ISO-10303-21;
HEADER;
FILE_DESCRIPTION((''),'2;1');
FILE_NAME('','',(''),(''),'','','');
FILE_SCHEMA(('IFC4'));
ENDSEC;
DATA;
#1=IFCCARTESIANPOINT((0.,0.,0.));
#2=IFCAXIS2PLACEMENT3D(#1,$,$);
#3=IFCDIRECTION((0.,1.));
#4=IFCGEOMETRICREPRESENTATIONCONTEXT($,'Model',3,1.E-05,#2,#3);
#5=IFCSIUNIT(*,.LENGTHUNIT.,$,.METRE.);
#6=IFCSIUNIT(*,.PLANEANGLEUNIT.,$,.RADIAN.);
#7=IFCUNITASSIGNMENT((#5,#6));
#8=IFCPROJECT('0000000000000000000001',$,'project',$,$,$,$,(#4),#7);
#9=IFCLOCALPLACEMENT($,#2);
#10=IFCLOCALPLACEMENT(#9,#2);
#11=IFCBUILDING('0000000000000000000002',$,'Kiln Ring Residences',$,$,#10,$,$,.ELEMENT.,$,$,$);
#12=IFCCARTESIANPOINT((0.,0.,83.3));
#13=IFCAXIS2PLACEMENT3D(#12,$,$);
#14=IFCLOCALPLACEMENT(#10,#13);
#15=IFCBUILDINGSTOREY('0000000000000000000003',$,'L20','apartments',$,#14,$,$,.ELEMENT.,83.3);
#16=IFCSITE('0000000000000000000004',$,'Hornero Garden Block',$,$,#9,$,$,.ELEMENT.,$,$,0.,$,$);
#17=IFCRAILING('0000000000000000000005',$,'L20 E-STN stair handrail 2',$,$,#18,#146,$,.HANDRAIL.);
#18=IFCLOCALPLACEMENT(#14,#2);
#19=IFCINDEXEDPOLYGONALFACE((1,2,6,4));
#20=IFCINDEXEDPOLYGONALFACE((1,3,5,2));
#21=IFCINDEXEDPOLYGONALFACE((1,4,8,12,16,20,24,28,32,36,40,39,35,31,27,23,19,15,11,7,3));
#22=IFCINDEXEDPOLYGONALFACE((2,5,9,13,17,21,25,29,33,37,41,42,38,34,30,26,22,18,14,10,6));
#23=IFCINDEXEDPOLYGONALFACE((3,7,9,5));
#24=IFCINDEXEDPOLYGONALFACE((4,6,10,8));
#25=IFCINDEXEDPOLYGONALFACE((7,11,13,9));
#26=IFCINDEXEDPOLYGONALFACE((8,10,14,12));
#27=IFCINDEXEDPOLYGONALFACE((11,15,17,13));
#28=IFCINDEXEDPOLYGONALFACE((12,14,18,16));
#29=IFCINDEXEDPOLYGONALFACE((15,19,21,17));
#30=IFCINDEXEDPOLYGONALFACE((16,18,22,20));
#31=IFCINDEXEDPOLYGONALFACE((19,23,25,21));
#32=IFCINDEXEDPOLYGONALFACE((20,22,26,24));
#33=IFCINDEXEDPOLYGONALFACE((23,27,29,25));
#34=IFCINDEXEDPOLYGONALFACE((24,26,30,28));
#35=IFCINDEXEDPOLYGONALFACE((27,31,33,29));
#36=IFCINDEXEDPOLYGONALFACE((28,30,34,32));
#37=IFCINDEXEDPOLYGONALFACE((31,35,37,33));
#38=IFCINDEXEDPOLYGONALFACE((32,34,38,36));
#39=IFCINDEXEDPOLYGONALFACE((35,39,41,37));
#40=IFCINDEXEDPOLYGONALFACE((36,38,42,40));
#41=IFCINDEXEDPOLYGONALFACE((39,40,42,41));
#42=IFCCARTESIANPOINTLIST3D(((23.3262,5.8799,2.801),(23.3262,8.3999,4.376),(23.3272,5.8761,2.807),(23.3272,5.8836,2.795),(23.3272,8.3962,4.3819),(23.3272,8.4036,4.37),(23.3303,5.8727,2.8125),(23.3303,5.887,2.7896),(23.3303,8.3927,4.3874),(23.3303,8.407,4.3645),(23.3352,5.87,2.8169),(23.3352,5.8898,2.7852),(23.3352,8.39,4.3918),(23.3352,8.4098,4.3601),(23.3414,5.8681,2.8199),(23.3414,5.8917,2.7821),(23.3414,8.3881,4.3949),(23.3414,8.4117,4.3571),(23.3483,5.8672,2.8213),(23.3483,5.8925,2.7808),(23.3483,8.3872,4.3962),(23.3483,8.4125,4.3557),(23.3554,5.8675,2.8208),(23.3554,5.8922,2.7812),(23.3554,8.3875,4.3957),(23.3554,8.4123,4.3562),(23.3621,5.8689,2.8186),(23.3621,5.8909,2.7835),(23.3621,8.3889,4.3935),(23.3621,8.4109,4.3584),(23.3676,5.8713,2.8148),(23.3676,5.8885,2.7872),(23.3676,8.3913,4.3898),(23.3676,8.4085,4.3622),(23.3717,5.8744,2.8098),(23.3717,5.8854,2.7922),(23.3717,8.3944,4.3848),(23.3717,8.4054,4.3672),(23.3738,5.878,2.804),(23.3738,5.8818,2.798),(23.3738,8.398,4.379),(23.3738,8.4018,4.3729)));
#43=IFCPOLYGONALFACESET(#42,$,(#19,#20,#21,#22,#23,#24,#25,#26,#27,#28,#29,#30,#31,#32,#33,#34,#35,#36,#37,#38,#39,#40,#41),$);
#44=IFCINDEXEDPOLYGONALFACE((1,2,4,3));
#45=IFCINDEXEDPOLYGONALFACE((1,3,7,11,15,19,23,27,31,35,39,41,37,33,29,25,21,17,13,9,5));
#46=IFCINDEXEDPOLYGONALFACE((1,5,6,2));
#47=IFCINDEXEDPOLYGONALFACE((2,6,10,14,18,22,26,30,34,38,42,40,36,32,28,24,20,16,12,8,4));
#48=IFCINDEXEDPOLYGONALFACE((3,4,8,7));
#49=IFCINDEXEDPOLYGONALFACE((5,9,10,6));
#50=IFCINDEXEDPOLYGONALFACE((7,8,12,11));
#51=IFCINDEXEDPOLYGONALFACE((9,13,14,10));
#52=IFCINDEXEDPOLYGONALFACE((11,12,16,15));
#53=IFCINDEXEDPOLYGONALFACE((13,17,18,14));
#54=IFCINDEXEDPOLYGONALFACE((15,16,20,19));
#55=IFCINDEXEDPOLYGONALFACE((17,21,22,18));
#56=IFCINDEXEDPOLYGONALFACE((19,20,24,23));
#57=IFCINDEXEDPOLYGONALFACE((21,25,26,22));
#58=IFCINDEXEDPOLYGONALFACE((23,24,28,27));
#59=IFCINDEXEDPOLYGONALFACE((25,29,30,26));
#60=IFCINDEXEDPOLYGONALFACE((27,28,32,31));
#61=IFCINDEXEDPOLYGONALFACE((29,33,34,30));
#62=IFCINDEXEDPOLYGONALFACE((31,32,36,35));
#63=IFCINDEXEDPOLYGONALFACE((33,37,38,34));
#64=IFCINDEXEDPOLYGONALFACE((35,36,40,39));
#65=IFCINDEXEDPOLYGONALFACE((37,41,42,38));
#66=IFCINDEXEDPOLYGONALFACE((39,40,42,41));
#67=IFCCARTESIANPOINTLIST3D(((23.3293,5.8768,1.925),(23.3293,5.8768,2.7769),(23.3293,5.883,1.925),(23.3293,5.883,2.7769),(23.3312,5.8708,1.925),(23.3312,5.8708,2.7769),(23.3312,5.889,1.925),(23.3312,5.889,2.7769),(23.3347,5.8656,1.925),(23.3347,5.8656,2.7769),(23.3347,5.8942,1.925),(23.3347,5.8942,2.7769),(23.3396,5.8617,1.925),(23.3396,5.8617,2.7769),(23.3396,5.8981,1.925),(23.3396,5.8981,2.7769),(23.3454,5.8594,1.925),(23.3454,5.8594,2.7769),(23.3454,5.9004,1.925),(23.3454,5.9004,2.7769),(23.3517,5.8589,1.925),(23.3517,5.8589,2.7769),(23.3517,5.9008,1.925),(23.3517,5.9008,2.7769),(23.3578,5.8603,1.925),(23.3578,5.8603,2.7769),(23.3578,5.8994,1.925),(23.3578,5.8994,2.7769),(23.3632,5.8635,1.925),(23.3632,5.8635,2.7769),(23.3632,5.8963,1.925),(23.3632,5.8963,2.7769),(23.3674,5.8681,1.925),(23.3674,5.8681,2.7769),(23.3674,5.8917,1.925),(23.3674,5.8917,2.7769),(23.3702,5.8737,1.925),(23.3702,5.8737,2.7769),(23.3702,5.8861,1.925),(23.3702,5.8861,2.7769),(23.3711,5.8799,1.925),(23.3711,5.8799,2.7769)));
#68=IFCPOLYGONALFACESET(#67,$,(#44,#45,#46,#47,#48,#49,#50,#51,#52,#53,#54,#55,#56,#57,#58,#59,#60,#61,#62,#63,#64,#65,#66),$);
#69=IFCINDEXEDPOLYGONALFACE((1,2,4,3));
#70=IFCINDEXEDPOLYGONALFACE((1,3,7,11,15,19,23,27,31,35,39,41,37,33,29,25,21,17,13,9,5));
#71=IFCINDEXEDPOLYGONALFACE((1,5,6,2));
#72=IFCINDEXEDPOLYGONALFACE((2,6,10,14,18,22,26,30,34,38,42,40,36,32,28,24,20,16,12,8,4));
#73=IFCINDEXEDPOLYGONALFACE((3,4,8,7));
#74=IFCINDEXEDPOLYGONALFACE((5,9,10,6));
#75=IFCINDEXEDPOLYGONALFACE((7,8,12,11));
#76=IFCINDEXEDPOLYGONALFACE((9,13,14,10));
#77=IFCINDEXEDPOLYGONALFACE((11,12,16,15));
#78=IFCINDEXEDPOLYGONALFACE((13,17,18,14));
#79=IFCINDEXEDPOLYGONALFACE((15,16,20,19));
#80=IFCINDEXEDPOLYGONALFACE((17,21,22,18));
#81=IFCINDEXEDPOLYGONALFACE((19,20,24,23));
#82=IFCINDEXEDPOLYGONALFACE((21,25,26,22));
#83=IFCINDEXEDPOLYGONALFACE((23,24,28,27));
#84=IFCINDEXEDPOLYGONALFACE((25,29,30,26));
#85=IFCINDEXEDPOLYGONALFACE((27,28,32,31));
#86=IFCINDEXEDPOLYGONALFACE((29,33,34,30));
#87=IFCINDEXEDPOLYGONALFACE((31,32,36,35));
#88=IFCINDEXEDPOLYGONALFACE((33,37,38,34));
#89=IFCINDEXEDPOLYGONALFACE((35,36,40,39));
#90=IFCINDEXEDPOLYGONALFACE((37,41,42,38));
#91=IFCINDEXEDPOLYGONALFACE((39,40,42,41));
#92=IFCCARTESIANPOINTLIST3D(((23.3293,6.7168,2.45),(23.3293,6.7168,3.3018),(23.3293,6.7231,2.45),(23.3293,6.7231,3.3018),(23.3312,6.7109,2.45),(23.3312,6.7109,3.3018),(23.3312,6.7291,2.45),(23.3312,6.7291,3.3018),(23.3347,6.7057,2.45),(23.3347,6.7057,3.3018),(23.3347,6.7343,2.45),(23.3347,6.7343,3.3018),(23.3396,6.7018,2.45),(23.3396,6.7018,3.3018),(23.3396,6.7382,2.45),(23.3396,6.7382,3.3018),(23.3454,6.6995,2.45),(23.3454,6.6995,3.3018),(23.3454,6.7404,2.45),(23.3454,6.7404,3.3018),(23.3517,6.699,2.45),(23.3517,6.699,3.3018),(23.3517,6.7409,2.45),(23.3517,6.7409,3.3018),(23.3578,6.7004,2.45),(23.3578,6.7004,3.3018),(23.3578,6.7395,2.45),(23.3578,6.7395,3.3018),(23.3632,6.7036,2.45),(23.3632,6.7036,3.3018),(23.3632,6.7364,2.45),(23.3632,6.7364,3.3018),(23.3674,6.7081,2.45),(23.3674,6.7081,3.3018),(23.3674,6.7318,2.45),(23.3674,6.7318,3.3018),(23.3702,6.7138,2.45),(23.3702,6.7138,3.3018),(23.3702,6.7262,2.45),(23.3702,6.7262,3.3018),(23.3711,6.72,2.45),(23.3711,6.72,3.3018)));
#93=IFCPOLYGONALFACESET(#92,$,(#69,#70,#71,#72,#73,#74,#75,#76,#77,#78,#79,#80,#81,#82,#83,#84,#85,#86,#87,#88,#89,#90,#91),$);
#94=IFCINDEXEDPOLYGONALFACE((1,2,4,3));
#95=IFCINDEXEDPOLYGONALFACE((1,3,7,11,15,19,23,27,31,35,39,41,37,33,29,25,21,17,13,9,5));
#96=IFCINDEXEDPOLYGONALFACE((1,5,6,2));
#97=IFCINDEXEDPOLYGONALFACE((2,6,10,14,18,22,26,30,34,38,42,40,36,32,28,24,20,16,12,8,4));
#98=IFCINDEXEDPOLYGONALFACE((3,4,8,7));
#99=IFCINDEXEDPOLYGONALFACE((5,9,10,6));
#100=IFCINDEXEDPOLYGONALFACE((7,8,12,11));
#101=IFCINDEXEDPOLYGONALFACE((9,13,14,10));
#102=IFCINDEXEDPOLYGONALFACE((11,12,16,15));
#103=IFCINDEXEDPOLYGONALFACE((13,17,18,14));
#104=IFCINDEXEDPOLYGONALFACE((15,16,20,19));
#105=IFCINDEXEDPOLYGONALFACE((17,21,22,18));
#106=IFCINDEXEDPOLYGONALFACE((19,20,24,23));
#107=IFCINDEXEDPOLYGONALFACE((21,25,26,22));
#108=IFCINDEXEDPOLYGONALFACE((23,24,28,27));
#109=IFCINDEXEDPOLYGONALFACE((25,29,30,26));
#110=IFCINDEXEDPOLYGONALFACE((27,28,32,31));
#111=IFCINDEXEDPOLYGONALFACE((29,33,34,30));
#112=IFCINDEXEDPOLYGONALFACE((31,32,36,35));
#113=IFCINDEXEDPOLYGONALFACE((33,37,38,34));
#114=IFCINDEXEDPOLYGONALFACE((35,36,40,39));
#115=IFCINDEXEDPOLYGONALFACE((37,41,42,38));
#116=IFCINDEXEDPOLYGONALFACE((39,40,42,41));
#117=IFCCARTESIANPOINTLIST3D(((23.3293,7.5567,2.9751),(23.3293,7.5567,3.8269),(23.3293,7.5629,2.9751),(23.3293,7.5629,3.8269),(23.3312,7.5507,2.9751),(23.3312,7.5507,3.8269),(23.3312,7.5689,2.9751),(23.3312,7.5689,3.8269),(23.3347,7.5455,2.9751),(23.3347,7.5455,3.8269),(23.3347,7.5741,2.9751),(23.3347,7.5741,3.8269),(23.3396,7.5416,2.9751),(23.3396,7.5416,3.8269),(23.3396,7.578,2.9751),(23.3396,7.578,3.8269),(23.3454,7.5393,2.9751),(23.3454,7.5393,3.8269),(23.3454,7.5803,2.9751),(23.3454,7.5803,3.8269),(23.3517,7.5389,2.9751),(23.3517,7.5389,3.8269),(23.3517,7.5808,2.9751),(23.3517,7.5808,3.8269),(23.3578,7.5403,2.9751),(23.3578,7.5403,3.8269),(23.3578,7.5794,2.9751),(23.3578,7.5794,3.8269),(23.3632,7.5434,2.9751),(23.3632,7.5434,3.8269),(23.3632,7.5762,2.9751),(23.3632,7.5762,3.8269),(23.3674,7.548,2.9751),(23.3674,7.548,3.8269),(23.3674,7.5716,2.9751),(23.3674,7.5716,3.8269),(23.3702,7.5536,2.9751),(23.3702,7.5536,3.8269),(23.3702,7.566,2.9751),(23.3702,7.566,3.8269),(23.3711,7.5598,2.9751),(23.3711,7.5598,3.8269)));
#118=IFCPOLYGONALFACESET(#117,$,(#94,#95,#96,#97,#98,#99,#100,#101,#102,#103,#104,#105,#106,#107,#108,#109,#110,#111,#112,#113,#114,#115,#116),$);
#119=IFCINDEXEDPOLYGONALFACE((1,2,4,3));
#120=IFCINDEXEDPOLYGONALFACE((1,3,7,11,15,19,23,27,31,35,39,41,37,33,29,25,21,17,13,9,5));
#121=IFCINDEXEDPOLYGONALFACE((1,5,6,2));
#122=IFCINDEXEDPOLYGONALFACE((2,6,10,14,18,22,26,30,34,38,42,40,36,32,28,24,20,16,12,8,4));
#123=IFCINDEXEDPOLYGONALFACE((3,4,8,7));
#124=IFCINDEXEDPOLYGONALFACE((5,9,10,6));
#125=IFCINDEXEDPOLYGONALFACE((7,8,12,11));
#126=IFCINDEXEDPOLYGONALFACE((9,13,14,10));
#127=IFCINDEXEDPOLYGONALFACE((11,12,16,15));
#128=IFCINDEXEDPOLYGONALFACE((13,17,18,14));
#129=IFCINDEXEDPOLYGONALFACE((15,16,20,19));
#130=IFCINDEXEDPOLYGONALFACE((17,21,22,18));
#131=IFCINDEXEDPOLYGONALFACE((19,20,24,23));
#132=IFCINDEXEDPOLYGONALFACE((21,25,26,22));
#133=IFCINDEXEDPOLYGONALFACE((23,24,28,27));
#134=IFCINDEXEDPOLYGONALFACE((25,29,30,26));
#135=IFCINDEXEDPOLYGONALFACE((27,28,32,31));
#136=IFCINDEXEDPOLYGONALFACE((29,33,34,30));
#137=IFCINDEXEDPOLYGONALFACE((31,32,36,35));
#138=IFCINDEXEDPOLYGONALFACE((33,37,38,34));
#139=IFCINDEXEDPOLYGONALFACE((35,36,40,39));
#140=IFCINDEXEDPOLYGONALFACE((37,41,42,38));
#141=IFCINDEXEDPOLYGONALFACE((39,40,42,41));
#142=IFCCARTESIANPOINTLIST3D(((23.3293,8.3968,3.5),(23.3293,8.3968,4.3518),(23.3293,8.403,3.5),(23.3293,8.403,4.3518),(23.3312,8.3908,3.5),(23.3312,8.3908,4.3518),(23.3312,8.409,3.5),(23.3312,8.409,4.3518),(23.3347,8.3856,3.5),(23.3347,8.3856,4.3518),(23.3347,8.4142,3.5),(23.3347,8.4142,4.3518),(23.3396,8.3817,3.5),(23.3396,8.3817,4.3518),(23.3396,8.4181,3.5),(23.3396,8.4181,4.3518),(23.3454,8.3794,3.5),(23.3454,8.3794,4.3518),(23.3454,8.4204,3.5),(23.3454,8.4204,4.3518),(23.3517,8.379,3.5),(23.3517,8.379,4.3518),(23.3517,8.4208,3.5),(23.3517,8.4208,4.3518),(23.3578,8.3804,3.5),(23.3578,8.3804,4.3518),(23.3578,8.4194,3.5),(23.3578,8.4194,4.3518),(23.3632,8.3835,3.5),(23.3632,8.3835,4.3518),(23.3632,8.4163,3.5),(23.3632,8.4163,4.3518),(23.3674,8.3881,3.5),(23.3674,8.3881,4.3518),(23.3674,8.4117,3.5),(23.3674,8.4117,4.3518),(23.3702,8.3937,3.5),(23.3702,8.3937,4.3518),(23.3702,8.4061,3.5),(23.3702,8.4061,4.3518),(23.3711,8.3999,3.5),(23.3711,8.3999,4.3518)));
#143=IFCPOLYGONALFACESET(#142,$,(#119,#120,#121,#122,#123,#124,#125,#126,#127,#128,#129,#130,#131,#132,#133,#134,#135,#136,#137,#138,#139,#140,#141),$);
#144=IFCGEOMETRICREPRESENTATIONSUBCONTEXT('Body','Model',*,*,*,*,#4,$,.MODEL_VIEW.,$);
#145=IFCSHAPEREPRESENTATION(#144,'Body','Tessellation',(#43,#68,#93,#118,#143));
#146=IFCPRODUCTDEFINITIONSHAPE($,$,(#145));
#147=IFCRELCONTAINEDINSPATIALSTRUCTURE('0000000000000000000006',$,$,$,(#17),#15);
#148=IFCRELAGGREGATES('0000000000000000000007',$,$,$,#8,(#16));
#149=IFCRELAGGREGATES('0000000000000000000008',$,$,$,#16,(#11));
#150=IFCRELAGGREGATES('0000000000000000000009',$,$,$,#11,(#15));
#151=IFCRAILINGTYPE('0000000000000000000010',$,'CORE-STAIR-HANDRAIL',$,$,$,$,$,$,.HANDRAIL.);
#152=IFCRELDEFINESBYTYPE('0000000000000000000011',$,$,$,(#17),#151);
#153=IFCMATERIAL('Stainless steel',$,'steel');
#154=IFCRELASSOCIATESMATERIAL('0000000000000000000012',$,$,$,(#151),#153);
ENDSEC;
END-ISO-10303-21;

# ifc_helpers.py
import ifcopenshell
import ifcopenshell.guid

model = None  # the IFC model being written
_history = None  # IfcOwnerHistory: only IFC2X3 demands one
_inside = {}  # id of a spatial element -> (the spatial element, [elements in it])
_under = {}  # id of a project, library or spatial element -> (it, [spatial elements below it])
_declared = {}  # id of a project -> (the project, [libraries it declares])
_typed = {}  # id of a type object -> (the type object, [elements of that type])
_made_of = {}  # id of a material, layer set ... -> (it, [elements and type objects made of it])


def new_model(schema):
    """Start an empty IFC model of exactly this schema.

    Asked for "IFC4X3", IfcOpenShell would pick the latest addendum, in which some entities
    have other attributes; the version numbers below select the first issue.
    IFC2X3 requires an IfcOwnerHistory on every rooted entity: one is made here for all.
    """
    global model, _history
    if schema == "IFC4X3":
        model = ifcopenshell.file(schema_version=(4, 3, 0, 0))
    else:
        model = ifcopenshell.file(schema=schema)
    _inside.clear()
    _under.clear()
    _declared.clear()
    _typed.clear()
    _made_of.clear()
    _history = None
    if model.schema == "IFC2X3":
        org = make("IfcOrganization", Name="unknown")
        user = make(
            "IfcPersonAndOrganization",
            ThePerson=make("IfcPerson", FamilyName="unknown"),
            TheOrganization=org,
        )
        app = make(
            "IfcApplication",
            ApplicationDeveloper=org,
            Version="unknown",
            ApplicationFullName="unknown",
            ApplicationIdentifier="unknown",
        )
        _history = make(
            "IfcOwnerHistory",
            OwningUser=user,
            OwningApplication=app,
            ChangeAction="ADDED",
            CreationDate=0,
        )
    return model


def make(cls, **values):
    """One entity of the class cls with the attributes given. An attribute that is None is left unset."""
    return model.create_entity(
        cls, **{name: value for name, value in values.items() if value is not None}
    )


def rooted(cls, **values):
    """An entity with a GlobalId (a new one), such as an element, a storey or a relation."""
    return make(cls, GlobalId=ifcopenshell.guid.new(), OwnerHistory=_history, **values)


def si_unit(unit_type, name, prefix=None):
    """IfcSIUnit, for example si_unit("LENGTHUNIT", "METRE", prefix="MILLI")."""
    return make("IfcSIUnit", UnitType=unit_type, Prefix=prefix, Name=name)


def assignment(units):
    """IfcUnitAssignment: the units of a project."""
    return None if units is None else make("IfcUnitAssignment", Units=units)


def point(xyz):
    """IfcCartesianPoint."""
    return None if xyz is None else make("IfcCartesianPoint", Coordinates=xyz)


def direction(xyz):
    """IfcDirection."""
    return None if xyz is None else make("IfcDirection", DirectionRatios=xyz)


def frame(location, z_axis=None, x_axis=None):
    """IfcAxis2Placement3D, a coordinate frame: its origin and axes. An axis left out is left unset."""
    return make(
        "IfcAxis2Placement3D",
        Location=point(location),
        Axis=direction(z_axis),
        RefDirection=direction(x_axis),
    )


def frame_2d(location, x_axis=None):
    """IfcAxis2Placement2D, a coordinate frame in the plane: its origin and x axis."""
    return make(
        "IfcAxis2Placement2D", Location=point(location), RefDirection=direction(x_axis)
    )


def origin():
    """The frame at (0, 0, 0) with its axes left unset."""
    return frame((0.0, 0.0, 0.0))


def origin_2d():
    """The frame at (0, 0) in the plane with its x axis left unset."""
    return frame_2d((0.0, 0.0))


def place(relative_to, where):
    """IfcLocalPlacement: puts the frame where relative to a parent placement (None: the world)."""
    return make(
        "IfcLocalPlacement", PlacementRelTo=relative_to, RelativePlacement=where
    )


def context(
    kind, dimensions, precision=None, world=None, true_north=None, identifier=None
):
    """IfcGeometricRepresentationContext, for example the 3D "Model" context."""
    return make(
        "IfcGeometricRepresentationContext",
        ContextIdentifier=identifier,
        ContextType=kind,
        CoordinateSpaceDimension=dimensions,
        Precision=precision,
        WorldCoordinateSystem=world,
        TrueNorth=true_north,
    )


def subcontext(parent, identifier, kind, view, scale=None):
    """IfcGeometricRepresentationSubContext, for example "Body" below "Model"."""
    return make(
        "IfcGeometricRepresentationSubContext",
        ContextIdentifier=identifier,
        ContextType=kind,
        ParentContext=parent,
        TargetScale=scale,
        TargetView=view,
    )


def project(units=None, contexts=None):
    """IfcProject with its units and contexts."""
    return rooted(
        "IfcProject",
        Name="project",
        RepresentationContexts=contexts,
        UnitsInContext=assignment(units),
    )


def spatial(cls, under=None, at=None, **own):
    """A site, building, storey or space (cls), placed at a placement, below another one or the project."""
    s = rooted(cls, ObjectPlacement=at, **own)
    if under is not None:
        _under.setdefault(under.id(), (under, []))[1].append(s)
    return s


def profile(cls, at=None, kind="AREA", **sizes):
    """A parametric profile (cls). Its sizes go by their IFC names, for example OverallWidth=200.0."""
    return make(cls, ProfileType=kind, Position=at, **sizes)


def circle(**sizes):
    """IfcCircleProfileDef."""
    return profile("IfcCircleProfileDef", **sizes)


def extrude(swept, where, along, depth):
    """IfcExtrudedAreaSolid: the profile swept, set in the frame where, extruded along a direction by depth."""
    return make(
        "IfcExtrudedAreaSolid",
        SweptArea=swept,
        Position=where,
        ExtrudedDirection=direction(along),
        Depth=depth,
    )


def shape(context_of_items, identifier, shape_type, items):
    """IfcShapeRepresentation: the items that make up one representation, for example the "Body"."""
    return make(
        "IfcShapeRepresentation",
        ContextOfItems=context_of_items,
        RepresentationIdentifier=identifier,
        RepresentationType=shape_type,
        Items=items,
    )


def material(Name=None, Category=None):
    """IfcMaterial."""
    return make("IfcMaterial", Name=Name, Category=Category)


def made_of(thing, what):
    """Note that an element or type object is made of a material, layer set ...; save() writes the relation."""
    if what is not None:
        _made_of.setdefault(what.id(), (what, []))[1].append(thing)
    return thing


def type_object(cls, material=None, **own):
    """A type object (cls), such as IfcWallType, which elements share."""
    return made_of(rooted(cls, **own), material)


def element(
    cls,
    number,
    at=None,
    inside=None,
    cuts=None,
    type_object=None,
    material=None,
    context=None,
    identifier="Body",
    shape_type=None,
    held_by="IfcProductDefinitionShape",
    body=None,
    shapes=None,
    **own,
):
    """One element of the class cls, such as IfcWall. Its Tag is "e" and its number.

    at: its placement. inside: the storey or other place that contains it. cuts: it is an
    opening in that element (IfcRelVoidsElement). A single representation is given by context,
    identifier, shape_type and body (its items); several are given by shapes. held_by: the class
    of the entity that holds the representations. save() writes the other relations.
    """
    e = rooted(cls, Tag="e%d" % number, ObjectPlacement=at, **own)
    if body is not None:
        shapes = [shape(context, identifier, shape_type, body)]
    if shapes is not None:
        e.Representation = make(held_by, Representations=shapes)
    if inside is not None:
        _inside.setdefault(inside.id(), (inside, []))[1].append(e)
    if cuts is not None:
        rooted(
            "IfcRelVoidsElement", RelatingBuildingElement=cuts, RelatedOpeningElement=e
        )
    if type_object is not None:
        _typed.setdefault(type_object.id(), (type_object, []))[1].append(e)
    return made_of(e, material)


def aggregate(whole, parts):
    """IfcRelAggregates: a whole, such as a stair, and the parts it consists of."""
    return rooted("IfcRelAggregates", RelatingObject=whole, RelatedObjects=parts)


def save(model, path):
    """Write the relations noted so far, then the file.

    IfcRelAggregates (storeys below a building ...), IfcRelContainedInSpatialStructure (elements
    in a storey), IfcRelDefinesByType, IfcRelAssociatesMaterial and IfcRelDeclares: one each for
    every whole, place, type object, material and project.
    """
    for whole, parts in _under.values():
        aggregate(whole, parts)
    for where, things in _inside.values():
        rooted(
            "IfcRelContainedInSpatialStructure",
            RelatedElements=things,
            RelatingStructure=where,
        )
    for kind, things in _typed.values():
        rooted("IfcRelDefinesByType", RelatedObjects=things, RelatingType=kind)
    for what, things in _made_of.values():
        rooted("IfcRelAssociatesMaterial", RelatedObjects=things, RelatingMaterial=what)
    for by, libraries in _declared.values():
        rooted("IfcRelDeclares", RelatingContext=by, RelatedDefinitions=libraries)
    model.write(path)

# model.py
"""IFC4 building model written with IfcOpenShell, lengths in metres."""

from ifc_helpers import new_model, si_unit, direction, frame, origin, origin_2d, place, context, subcontext, project, spatial, circle, extrude, material, type_object, element, save


model = new_model("IFC4")

# Units and contexts
model_context = context("Model", 3, precision=1e-05, world=origin(), true_north=direction((0.0, 1.0)))
body_context = subcontext(model_context, "Body", "Model", "MODEL_VIEW")
ifc_project = project(units=[si_unit("LENGTHUNIT", "METRE"), si_unit("PLANEANGLEUNIT", "RADIAN")], contexts=[model_context])

# Site, building, storey
site_placement = place(None, origin())
site = spatial("IfcSite", under=ifc_project, at=site_placement, Name="Hornero Garden Block", CompositionType="ELEMENT", RefElevation=0.0)
building_placement = place(site_placement, origin())
building = spatial("IfcBuilding", under=site, at=building_placement, Name="Kiln Ring Residences", CompositionType="ELEMENT")
storey_placement = place(building_placement, frame((0.0, 0.0, 83.3)))
storey = spatial("IfcBuildingStorey", under=building, at=storey_placement, Name="L20", Description="apartments", CompositionType="ELEMENT", Elevation=83.3)

# Railing
ifc_material_1 = material(Name="Stainless steel", Category="steel")
railing_type_1 = type_object("IfcRailingType", Name="CORE-STAIR-HANDRAIL", PredefinedType="HANDRAIL", material=ifc_material_1)
railing_1_placement = place(storey_placement, frame((23.3501, 5.8799, 1.925)))
element("IfcRailing", 1, at=railing_1_placement, inside=storey, type_object=railing_type_1, Name="L20 E-STN stair handrail 2", PredefinedType="HANDRAIL", context=body_context, shape_type="SweptSolid", body=[
    extrude(circle(Radius=0.0239, at=origin_2d()), frame((0.0, 0.0, 0.876), z_axis=(0.0, 0.848008, 0.529984), x_axis=(-1.0, 0.0, 0.0)), (0.0, 0.0, 1.0), 2.9717),
    extrude(circle(Radius=0.021, at=origin_2d()), origin(), (0.0, 0.0, 1.0), 0.8518),
    extrude(circle(Radius=0.021, at=origin_2d()), frame((0.0, 0.8401, 0.5249)), (0.0, 0.0, 1.0), 0.8518),
    extrude(circle(Radius=0.021, at=origin_2d()), frame((0.0, 1.6799, 1.05)), (0.0, 0.0, 1.0), 0.8518),
    extrude(circle(Radius=0.021, at=origin_2d()), frame((0.0, 2.52, 1.575)), (0.0, 0.0, 1.0), 0.8518),
])

save(model, "model.ifc")
